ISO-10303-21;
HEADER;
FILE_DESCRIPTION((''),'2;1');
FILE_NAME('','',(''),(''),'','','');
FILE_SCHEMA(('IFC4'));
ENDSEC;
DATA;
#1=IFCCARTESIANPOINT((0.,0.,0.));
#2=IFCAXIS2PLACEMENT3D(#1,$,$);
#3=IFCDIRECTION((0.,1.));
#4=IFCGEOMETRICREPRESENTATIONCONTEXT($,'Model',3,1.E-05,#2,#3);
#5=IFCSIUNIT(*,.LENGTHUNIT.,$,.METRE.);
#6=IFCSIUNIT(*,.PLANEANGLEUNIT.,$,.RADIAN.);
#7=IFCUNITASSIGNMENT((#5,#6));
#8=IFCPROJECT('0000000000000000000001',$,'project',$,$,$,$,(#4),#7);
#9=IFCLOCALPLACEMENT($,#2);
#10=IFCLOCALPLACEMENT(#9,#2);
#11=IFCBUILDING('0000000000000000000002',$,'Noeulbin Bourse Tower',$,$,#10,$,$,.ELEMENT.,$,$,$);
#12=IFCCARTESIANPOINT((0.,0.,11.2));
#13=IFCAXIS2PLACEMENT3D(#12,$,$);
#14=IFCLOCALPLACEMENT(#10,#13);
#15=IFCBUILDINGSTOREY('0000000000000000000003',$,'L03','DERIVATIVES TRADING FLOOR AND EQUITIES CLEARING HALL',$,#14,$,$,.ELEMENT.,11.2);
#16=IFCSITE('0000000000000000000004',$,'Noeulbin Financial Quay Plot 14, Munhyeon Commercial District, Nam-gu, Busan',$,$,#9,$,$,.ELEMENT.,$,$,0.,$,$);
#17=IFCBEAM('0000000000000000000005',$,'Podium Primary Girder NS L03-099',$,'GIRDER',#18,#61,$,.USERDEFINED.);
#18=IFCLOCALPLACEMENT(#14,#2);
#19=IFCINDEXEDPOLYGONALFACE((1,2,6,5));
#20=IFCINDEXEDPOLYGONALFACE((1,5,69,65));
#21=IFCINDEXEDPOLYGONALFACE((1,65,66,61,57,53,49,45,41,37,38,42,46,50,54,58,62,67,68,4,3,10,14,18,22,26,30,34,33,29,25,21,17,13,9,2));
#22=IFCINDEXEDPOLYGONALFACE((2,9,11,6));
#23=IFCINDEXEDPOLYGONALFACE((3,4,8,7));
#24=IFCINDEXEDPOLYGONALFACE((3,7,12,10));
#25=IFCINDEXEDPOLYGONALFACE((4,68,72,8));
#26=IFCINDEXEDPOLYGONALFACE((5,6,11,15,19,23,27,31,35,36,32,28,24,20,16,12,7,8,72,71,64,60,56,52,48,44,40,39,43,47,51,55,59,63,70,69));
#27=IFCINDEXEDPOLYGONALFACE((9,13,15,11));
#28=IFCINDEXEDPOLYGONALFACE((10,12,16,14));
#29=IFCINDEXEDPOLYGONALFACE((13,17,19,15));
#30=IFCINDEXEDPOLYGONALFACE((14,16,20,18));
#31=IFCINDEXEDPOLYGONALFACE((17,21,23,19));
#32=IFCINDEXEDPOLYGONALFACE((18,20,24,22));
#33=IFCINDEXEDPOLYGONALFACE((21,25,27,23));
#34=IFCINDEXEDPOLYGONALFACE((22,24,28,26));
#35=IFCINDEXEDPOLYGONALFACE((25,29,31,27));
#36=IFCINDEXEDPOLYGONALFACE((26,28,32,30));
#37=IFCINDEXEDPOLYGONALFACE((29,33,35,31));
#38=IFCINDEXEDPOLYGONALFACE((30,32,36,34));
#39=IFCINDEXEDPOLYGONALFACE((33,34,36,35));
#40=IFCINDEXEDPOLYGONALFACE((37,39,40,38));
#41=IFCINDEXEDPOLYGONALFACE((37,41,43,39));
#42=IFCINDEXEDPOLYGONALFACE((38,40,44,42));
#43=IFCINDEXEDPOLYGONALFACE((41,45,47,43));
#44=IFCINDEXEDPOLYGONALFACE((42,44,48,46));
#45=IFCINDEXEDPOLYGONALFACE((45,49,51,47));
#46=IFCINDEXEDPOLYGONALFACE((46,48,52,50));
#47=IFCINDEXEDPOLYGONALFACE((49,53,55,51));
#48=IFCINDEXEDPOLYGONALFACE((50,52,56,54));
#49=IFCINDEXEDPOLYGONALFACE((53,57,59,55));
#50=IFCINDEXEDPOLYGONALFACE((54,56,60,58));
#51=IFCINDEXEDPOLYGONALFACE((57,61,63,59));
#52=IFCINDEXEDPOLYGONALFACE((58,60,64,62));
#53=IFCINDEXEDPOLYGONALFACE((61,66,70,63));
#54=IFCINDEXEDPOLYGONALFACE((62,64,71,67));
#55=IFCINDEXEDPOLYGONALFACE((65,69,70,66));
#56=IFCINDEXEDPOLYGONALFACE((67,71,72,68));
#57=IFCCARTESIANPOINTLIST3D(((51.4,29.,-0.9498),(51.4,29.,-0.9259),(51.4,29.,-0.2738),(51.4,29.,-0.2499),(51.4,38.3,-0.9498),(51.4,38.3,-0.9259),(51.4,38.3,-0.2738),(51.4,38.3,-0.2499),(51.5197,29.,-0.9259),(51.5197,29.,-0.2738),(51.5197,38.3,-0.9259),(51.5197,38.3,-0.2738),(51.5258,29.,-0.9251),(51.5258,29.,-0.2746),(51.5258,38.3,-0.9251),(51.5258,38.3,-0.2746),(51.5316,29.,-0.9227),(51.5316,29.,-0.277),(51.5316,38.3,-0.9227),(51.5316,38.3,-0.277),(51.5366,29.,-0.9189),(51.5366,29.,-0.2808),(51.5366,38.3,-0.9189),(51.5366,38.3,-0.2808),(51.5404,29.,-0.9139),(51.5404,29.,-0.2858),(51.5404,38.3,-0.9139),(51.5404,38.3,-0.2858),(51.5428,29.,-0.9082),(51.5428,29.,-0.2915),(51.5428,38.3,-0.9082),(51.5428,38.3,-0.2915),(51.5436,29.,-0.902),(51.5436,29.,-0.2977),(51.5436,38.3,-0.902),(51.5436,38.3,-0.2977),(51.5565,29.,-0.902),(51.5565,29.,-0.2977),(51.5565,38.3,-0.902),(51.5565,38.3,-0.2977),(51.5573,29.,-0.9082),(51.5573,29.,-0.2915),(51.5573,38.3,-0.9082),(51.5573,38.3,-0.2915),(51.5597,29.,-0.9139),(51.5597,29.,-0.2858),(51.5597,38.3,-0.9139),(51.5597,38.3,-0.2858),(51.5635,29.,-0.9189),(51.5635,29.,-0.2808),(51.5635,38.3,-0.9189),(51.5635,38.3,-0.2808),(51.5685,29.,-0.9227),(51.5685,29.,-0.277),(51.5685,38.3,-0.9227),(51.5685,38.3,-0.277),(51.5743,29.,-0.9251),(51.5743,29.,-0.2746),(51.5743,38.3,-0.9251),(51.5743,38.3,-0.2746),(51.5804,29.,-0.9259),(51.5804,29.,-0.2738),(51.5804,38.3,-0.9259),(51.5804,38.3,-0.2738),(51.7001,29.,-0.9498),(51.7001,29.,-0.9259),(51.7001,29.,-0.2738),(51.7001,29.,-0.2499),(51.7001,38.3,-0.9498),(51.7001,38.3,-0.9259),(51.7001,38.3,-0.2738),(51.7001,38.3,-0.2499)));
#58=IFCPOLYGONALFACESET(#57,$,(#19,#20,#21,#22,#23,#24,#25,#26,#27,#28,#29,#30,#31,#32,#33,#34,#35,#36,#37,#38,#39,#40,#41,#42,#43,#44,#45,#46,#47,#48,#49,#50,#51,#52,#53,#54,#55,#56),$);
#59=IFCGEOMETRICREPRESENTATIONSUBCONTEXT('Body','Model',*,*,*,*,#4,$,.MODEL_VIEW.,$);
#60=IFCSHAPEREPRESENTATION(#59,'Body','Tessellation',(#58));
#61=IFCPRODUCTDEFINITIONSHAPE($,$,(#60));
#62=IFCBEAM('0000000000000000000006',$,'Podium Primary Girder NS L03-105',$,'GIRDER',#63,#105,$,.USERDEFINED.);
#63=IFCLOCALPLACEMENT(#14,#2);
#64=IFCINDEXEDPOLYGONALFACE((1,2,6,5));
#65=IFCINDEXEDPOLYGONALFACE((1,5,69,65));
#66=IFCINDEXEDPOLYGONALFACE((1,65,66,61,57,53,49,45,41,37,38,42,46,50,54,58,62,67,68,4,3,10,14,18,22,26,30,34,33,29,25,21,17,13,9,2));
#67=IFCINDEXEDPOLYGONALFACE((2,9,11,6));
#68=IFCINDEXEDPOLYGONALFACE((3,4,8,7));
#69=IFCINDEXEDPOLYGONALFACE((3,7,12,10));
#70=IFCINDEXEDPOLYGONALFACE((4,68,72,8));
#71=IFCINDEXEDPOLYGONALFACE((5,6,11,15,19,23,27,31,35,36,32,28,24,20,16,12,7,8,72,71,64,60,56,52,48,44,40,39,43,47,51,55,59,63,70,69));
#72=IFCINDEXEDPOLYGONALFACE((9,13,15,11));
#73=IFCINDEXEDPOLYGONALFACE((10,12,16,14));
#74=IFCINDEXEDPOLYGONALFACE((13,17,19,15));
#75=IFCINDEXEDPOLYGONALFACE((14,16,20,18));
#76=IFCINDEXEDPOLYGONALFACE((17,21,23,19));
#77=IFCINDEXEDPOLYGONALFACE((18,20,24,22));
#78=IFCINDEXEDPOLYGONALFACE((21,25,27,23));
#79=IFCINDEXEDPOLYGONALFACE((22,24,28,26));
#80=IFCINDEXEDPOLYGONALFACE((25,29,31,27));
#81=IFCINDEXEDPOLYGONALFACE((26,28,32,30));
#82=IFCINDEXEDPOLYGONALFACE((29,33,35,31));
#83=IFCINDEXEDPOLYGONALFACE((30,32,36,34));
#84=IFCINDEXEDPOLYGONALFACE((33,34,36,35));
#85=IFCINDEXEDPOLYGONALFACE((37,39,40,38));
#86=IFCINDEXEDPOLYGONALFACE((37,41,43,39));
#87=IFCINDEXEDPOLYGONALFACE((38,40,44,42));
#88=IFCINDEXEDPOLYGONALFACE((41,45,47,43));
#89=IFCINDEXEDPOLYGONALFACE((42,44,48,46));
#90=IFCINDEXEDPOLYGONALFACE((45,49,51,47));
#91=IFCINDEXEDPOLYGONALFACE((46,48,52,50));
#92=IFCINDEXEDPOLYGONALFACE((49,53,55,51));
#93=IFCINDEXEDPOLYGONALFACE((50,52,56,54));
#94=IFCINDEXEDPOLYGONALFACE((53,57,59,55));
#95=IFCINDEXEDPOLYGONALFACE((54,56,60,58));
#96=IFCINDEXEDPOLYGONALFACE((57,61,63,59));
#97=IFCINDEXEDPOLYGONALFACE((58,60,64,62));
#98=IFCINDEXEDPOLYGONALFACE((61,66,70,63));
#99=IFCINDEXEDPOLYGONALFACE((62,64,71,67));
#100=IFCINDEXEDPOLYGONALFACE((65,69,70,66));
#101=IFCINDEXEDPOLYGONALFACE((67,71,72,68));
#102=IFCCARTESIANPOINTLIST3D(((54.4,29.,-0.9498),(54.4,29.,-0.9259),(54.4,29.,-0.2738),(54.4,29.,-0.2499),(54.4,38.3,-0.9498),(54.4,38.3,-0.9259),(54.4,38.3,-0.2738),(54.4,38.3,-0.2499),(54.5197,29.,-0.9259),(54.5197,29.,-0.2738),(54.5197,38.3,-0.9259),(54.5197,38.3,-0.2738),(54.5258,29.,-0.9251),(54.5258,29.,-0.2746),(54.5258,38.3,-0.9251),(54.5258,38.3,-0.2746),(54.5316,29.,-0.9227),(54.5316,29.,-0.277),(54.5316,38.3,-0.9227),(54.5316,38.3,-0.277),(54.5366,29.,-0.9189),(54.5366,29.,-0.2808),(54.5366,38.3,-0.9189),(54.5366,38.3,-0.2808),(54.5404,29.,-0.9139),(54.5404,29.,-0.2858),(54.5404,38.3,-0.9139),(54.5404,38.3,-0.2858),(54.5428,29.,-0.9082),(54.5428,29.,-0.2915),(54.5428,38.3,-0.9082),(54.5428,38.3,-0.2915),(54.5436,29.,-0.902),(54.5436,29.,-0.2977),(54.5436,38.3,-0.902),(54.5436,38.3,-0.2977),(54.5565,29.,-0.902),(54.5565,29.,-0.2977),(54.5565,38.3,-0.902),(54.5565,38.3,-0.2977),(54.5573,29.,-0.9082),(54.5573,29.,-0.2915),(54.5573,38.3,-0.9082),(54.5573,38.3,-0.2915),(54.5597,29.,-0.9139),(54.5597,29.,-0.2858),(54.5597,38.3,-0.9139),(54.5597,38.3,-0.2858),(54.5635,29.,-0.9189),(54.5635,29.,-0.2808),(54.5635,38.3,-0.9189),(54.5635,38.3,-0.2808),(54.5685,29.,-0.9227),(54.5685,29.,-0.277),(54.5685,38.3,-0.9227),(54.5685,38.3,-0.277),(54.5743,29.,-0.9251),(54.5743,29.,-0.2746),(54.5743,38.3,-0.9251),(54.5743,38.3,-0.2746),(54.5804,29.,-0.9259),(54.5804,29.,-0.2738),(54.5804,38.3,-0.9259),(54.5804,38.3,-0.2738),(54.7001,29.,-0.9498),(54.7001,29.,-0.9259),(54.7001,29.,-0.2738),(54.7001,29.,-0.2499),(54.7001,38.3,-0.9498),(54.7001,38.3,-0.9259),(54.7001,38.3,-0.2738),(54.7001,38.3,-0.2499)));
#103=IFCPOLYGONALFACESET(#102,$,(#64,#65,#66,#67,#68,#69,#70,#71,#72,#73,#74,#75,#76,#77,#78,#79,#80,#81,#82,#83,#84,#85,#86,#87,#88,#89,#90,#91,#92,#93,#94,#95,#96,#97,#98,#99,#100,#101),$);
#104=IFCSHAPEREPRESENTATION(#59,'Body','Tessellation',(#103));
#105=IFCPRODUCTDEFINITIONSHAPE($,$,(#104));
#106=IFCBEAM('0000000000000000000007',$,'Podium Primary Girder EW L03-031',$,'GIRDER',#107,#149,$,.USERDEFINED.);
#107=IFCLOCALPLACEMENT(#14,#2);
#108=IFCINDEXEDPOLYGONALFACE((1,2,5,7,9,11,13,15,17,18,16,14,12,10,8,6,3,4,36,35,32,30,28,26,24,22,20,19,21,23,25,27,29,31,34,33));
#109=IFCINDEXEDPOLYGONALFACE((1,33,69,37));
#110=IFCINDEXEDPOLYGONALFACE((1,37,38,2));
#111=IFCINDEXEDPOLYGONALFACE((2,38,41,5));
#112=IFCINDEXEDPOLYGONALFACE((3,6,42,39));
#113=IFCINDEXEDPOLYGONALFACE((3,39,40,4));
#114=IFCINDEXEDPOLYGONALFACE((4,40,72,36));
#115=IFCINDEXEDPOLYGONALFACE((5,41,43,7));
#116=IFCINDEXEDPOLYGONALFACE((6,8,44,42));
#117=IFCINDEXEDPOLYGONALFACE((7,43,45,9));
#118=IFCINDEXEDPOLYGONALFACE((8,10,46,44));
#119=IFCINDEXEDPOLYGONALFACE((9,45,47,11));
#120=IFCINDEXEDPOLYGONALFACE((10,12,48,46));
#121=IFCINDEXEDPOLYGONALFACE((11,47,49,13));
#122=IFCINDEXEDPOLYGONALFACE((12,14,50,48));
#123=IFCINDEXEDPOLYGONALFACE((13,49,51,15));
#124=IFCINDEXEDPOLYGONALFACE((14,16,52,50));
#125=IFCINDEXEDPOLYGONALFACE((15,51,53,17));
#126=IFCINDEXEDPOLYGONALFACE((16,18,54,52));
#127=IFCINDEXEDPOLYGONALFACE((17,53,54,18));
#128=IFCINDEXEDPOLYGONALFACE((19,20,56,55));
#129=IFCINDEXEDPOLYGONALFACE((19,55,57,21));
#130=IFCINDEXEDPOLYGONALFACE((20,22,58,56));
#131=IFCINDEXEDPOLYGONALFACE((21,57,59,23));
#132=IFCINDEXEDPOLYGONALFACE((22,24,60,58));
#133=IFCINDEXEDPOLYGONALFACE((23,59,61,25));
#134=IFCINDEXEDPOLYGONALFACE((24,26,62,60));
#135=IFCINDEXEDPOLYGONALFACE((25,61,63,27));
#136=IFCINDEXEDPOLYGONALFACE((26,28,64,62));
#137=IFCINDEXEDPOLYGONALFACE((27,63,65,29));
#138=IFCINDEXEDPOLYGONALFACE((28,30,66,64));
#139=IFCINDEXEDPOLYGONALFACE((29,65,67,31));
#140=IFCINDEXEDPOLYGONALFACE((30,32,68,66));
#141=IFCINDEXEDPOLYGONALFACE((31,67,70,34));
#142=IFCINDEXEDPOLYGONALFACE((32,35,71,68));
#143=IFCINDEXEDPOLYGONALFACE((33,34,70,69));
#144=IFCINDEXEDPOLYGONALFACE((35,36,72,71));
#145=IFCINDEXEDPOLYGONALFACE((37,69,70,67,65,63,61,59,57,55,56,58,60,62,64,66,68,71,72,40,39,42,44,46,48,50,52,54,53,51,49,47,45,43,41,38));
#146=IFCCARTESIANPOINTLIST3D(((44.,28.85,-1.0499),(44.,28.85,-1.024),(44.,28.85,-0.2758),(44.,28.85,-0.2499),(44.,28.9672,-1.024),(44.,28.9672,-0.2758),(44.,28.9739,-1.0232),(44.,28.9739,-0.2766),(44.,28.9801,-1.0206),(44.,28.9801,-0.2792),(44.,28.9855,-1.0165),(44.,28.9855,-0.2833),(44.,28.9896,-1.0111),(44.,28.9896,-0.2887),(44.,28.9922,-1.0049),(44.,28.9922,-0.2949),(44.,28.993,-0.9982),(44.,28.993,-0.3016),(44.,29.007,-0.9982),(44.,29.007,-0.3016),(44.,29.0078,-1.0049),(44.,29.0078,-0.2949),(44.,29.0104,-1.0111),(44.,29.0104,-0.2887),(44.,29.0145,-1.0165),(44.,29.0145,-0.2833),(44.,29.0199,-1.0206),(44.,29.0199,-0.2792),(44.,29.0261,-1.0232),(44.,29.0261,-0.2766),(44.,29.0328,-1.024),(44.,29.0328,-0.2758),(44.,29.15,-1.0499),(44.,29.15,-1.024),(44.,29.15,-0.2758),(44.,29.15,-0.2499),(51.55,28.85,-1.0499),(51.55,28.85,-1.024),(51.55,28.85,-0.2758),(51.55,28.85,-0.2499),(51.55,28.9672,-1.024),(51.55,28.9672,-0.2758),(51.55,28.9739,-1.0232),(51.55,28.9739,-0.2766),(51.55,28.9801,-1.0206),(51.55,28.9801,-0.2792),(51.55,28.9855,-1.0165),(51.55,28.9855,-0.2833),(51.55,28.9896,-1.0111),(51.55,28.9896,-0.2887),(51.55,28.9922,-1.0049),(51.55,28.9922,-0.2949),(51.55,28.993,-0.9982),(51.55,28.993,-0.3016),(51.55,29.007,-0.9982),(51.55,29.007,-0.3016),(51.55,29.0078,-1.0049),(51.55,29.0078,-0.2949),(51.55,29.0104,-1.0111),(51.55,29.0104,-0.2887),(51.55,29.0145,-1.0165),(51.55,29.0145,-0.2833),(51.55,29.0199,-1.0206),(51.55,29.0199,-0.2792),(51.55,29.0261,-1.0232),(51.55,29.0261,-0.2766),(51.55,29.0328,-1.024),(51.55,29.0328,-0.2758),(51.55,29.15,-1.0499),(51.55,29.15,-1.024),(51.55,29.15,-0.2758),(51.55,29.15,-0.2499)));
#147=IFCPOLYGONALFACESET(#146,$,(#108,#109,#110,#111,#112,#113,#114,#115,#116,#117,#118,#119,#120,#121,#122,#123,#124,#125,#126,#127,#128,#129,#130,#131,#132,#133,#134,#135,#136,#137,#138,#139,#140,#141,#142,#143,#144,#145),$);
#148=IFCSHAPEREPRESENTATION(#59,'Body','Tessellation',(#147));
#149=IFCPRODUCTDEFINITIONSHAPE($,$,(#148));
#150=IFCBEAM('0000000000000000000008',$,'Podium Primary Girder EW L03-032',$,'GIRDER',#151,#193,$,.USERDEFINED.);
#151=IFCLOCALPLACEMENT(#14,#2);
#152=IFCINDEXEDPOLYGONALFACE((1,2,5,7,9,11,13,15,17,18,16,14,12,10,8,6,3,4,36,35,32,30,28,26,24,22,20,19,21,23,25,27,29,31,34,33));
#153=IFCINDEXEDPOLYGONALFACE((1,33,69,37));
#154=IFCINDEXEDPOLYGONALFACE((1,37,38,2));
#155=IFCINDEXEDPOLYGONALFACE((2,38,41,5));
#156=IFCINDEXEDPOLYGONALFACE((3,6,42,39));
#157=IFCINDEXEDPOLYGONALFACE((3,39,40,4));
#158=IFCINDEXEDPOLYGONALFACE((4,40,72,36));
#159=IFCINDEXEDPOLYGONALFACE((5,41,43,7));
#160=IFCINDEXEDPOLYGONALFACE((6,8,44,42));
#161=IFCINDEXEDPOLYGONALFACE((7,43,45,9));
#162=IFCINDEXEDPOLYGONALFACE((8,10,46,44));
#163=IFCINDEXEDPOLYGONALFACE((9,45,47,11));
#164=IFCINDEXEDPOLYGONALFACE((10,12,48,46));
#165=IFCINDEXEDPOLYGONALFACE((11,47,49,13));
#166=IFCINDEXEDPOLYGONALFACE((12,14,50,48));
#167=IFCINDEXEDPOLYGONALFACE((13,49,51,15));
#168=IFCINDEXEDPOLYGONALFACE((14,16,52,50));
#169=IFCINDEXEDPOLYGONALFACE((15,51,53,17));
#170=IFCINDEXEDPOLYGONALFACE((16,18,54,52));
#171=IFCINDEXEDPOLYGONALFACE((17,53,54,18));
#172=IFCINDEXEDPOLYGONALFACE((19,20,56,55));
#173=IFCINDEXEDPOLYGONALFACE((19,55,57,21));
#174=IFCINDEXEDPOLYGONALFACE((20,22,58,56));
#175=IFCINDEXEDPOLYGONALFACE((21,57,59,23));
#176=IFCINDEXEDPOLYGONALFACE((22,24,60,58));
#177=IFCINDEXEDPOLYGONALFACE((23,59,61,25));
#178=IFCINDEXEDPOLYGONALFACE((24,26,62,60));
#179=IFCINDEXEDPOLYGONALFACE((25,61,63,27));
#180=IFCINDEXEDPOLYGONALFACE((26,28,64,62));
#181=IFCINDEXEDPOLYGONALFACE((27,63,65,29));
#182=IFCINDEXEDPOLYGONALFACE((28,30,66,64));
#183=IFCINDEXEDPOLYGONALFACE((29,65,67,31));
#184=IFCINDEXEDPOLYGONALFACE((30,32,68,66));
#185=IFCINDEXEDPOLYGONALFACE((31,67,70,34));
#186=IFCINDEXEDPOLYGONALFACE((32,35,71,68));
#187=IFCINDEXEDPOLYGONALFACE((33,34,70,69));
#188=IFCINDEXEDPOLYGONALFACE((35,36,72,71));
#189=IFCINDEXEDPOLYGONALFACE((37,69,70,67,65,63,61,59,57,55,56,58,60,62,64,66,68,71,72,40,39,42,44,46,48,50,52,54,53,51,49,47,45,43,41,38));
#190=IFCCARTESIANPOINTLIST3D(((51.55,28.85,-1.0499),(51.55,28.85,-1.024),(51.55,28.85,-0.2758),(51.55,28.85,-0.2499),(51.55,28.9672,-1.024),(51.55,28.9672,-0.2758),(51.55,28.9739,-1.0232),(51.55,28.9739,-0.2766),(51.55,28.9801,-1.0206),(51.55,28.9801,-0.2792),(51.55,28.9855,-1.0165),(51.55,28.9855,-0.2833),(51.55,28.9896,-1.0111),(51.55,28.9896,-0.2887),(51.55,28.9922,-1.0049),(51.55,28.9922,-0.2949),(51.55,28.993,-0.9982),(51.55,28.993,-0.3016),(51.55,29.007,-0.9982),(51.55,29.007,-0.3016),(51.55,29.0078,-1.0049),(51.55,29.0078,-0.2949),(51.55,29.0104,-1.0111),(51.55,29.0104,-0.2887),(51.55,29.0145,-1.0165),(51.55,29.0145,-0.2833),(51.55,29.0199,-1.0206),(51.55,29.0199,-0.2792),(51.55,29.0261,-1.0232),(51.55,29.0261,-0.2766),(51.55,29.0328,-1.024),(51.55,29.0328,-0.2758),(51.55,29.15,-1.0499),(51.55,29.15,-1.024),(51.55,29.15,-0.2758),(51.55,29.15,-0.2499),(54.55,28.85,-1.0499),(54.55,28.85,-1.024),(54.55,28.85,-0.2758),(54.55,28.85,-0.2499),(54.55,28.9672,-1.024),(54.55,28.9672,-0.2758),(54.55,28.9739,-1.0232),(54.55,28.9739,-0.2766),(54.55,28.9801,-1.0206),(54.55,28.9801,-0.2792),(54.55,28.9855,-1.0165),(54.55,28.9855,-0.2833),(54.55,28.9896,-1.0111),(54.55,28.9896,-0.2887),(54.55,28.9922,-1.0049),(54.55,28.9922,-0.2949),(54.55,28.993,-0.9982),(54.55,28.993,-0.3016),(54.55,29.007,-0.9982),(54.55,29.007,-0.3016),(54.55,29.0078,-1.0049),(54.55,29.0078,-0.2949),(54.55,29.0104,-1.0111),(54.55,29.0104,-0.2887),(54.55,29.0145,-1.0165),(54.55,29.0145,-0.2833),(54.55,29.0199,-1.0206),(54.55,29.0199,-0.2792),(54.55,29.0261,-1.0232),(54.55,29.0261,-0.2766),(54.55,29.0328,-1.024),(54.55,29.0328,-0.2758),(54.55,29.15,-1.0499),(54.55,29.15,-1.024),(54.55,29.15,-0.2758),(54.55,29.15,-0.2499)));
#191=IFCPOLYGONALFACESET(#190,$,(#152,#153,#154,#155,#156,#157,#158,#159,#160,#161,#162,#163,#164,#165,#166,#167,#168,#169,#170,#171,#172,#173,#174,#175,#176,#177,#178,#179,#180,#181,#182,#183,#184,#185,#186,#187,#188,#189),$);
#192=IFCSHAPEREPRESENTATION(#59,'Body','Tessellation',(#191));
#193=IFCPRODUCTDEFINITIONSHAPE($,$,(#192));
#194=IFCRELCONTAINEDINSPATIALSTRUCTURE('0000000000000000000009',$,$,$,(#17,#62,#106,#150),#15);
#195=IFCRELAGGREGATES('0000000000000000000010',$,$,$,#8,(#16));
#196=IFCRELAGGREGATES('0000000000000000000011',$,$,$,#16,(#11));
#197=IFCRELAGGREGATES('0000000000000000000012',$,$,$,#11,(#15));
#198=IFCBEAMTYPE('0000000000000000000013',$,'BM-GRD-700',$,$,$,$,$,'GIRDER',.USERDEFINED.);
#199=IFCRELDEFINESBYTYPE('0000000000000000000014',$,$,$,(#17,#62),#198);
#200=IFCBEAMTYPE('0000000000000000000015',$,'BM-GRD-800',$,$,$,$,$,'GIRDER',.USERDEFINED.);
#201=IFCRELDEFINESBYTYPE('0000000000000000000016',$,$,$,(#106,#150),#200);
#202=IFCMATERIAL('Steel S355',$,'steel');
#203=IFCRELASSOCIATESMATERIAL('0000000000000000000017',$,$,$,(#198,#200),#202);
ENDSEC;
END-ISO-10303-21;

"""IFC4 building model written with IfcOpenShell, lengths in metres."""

from ifc_helpers import new_model, si_unit, direction, frame, origin, origin_2d, place, context, subcontext, project, spatial, i_section, extrude, material, material_profile, profile_set, type_object, element, save


model = new_model("IFC4")

# Units and contexts
model_context = context("Model", 3, precision=1e-05, world=origin(), true_north=direction((0.0, 1.0)))
body_context = subcontext(model_context, "Body", "Model", "MODEL_VIEW")
ifc_project = project(units=[si_unit("LENGTHUNIT", "METRE"), si_unit("PLANEANGLEUNIT", "RADIAN")], contexts=[model_context])

# Site, building, storey
site_placement = place(None, origin())
site = spatial("IfcSite", under=ifc_project, at=site_placement, Name="Noeulbin Financial Quay Plot 14, Munhyeon Commercial District, Nam-gu, Busan", CompositionType="ELEMENT", RefElevation=0.0)
building_placement = place(site_placement, origin())
building = spatial("IfcBuilding", under=site, at=building_placement, Name="Noeulbin Bourse Tower", CompositionType="ELEMENT")
storey_placement = place(building_placement, frame((0.0, 0.0, 11.2)))
storey = spatial("IfcBuildingStorey", under=building, at=storey_placement, Name="L03", Description="DERIVATIVES TRADING FLOOR AND EQUITIES CLEARING HALL", CompositionType="ELEMENT", Elevation=11.2)

# Beams
ifc_material_1 = material(Name="Steel S355", Category="steel")
ifc_material_profile_1 = material_profile(ifc_material_1, i_section(OverallWidth=0.3, OverallDepth=0.7, WebThickness=0.0129, FlangeThickness=0.0239, FilletRadius=0.0239, at=origin_2d()), Name="H-700x300x13x24", Category="LoadBearing")
ifc_profile_set_1 = profile_set([ifc_material_profile_1], Name="Steel S355")
beam_type_1 = type_object("IfcBeamType", Name="BM-GRD-700", ElementType="GIRDER", PredefinedType="USERDEFINED", material=ifc_profile_set_1)
for number, where, z_axis, x_axis, name in (
    (1, (51.55, 29.0, -0.5999), (0.0, 1.0, 0.0), (-1.0, 0.0, 0.0), "Podium Primary Girder NS L03-099"),
    (2, (54.55, 29.0, -0.5999), (0.0, 1.0, 0.0), (-1.0, 0.0, 0.0), "Podium Primary Girder NS L03-105"),
):
    element("IfcBeam", number, at=place(storey_placement, frame(where, z_axis=z_axis, x_axis=x_axis)), inside=storey, type_object=beam_type_1, Name=name, ObjectType="GIRDER", PredefinedType="USERDEFINED", context=body_context, shape_type="SweptSolid", body=[
        extrude(i_section(OverallWidth=0.3, OverallDepth=0.7, WebThickness=0.0129, FlangeThickness=0.0239, FilletRadius=0.0239, at=origin_2d()), origin(), (0.0, 0.0, 1.0), 9.3),
    ])
ifc_material_profile_2 = material_profile(ifc_material_1, i_section(OverallWidth=0.3, OverallDepth=0.8, WebThickness=0.0139, FlangeThickness=0.0259, FilletRadius=0.0259, at=origin_2d()), Name="H-800x300x14x26", Category="LoadBearing")
ifc_profile_set_2 = profile_set([ifc_material_profile_2], Name="Steel S355")
beam_type_2 = type_object("IfcBeamType", Name="BM-GRD-800", ElementType="GIRDER", PredefinedType="USERDEFINED", material=ifc_profile_set_2)
beam_1_placement = place(storey_placement, frame((44.0, 29.0, -0.6499), z_axis=(1.0, 0.0, 0.0), x_axis=(0.0, 1.0, 0.0)))
element("IfcBeam", 3, at=beam_1_placement, inside=storey, type_object=beam_type_2, Name="Podium Primary Girder EW L03-031", ObjectType="GIRDER", PredefinedType="USERDEFINED", context=body_context, shape_type="SweptSolid", body=[
    extrude(i_section(OverallWidth=0.3, OverallDepth=0.8, WebThickness=0.0139, FlangeThickness=0.0259, FilletRadius=0.0259, at=origin_2d()), origin(), (0.0, 0.0, 1.0), 7.55),
])
beam_2_placement = place(storey_placement, frame((51.55, 29.0, -0.6499), z_axis=(1.0, 0.0, 0.0), x_axis=(0.0, 1.0, 0.0)))
element("IfcBeam", 4, at=beam_2_placement, inside=storey, type_object=beam_type_2, Name="Podium Primary Girder EW L03-032", ObjectType="GIRDER", PredefinedType="USERDEFINED", context=body_context, shape_type="SweptSolid", body=[
    extrude(i_section(OverallWidth=0.3, OverallDepth=0.8, WebThickness=0.0139, FlangeThickness=0.0259, FilletRadius=0.0259, at=origin_2d()), origin(), (0.0, 0.0, 1.0), 3.0),
])

save(model, "model.ifc")
